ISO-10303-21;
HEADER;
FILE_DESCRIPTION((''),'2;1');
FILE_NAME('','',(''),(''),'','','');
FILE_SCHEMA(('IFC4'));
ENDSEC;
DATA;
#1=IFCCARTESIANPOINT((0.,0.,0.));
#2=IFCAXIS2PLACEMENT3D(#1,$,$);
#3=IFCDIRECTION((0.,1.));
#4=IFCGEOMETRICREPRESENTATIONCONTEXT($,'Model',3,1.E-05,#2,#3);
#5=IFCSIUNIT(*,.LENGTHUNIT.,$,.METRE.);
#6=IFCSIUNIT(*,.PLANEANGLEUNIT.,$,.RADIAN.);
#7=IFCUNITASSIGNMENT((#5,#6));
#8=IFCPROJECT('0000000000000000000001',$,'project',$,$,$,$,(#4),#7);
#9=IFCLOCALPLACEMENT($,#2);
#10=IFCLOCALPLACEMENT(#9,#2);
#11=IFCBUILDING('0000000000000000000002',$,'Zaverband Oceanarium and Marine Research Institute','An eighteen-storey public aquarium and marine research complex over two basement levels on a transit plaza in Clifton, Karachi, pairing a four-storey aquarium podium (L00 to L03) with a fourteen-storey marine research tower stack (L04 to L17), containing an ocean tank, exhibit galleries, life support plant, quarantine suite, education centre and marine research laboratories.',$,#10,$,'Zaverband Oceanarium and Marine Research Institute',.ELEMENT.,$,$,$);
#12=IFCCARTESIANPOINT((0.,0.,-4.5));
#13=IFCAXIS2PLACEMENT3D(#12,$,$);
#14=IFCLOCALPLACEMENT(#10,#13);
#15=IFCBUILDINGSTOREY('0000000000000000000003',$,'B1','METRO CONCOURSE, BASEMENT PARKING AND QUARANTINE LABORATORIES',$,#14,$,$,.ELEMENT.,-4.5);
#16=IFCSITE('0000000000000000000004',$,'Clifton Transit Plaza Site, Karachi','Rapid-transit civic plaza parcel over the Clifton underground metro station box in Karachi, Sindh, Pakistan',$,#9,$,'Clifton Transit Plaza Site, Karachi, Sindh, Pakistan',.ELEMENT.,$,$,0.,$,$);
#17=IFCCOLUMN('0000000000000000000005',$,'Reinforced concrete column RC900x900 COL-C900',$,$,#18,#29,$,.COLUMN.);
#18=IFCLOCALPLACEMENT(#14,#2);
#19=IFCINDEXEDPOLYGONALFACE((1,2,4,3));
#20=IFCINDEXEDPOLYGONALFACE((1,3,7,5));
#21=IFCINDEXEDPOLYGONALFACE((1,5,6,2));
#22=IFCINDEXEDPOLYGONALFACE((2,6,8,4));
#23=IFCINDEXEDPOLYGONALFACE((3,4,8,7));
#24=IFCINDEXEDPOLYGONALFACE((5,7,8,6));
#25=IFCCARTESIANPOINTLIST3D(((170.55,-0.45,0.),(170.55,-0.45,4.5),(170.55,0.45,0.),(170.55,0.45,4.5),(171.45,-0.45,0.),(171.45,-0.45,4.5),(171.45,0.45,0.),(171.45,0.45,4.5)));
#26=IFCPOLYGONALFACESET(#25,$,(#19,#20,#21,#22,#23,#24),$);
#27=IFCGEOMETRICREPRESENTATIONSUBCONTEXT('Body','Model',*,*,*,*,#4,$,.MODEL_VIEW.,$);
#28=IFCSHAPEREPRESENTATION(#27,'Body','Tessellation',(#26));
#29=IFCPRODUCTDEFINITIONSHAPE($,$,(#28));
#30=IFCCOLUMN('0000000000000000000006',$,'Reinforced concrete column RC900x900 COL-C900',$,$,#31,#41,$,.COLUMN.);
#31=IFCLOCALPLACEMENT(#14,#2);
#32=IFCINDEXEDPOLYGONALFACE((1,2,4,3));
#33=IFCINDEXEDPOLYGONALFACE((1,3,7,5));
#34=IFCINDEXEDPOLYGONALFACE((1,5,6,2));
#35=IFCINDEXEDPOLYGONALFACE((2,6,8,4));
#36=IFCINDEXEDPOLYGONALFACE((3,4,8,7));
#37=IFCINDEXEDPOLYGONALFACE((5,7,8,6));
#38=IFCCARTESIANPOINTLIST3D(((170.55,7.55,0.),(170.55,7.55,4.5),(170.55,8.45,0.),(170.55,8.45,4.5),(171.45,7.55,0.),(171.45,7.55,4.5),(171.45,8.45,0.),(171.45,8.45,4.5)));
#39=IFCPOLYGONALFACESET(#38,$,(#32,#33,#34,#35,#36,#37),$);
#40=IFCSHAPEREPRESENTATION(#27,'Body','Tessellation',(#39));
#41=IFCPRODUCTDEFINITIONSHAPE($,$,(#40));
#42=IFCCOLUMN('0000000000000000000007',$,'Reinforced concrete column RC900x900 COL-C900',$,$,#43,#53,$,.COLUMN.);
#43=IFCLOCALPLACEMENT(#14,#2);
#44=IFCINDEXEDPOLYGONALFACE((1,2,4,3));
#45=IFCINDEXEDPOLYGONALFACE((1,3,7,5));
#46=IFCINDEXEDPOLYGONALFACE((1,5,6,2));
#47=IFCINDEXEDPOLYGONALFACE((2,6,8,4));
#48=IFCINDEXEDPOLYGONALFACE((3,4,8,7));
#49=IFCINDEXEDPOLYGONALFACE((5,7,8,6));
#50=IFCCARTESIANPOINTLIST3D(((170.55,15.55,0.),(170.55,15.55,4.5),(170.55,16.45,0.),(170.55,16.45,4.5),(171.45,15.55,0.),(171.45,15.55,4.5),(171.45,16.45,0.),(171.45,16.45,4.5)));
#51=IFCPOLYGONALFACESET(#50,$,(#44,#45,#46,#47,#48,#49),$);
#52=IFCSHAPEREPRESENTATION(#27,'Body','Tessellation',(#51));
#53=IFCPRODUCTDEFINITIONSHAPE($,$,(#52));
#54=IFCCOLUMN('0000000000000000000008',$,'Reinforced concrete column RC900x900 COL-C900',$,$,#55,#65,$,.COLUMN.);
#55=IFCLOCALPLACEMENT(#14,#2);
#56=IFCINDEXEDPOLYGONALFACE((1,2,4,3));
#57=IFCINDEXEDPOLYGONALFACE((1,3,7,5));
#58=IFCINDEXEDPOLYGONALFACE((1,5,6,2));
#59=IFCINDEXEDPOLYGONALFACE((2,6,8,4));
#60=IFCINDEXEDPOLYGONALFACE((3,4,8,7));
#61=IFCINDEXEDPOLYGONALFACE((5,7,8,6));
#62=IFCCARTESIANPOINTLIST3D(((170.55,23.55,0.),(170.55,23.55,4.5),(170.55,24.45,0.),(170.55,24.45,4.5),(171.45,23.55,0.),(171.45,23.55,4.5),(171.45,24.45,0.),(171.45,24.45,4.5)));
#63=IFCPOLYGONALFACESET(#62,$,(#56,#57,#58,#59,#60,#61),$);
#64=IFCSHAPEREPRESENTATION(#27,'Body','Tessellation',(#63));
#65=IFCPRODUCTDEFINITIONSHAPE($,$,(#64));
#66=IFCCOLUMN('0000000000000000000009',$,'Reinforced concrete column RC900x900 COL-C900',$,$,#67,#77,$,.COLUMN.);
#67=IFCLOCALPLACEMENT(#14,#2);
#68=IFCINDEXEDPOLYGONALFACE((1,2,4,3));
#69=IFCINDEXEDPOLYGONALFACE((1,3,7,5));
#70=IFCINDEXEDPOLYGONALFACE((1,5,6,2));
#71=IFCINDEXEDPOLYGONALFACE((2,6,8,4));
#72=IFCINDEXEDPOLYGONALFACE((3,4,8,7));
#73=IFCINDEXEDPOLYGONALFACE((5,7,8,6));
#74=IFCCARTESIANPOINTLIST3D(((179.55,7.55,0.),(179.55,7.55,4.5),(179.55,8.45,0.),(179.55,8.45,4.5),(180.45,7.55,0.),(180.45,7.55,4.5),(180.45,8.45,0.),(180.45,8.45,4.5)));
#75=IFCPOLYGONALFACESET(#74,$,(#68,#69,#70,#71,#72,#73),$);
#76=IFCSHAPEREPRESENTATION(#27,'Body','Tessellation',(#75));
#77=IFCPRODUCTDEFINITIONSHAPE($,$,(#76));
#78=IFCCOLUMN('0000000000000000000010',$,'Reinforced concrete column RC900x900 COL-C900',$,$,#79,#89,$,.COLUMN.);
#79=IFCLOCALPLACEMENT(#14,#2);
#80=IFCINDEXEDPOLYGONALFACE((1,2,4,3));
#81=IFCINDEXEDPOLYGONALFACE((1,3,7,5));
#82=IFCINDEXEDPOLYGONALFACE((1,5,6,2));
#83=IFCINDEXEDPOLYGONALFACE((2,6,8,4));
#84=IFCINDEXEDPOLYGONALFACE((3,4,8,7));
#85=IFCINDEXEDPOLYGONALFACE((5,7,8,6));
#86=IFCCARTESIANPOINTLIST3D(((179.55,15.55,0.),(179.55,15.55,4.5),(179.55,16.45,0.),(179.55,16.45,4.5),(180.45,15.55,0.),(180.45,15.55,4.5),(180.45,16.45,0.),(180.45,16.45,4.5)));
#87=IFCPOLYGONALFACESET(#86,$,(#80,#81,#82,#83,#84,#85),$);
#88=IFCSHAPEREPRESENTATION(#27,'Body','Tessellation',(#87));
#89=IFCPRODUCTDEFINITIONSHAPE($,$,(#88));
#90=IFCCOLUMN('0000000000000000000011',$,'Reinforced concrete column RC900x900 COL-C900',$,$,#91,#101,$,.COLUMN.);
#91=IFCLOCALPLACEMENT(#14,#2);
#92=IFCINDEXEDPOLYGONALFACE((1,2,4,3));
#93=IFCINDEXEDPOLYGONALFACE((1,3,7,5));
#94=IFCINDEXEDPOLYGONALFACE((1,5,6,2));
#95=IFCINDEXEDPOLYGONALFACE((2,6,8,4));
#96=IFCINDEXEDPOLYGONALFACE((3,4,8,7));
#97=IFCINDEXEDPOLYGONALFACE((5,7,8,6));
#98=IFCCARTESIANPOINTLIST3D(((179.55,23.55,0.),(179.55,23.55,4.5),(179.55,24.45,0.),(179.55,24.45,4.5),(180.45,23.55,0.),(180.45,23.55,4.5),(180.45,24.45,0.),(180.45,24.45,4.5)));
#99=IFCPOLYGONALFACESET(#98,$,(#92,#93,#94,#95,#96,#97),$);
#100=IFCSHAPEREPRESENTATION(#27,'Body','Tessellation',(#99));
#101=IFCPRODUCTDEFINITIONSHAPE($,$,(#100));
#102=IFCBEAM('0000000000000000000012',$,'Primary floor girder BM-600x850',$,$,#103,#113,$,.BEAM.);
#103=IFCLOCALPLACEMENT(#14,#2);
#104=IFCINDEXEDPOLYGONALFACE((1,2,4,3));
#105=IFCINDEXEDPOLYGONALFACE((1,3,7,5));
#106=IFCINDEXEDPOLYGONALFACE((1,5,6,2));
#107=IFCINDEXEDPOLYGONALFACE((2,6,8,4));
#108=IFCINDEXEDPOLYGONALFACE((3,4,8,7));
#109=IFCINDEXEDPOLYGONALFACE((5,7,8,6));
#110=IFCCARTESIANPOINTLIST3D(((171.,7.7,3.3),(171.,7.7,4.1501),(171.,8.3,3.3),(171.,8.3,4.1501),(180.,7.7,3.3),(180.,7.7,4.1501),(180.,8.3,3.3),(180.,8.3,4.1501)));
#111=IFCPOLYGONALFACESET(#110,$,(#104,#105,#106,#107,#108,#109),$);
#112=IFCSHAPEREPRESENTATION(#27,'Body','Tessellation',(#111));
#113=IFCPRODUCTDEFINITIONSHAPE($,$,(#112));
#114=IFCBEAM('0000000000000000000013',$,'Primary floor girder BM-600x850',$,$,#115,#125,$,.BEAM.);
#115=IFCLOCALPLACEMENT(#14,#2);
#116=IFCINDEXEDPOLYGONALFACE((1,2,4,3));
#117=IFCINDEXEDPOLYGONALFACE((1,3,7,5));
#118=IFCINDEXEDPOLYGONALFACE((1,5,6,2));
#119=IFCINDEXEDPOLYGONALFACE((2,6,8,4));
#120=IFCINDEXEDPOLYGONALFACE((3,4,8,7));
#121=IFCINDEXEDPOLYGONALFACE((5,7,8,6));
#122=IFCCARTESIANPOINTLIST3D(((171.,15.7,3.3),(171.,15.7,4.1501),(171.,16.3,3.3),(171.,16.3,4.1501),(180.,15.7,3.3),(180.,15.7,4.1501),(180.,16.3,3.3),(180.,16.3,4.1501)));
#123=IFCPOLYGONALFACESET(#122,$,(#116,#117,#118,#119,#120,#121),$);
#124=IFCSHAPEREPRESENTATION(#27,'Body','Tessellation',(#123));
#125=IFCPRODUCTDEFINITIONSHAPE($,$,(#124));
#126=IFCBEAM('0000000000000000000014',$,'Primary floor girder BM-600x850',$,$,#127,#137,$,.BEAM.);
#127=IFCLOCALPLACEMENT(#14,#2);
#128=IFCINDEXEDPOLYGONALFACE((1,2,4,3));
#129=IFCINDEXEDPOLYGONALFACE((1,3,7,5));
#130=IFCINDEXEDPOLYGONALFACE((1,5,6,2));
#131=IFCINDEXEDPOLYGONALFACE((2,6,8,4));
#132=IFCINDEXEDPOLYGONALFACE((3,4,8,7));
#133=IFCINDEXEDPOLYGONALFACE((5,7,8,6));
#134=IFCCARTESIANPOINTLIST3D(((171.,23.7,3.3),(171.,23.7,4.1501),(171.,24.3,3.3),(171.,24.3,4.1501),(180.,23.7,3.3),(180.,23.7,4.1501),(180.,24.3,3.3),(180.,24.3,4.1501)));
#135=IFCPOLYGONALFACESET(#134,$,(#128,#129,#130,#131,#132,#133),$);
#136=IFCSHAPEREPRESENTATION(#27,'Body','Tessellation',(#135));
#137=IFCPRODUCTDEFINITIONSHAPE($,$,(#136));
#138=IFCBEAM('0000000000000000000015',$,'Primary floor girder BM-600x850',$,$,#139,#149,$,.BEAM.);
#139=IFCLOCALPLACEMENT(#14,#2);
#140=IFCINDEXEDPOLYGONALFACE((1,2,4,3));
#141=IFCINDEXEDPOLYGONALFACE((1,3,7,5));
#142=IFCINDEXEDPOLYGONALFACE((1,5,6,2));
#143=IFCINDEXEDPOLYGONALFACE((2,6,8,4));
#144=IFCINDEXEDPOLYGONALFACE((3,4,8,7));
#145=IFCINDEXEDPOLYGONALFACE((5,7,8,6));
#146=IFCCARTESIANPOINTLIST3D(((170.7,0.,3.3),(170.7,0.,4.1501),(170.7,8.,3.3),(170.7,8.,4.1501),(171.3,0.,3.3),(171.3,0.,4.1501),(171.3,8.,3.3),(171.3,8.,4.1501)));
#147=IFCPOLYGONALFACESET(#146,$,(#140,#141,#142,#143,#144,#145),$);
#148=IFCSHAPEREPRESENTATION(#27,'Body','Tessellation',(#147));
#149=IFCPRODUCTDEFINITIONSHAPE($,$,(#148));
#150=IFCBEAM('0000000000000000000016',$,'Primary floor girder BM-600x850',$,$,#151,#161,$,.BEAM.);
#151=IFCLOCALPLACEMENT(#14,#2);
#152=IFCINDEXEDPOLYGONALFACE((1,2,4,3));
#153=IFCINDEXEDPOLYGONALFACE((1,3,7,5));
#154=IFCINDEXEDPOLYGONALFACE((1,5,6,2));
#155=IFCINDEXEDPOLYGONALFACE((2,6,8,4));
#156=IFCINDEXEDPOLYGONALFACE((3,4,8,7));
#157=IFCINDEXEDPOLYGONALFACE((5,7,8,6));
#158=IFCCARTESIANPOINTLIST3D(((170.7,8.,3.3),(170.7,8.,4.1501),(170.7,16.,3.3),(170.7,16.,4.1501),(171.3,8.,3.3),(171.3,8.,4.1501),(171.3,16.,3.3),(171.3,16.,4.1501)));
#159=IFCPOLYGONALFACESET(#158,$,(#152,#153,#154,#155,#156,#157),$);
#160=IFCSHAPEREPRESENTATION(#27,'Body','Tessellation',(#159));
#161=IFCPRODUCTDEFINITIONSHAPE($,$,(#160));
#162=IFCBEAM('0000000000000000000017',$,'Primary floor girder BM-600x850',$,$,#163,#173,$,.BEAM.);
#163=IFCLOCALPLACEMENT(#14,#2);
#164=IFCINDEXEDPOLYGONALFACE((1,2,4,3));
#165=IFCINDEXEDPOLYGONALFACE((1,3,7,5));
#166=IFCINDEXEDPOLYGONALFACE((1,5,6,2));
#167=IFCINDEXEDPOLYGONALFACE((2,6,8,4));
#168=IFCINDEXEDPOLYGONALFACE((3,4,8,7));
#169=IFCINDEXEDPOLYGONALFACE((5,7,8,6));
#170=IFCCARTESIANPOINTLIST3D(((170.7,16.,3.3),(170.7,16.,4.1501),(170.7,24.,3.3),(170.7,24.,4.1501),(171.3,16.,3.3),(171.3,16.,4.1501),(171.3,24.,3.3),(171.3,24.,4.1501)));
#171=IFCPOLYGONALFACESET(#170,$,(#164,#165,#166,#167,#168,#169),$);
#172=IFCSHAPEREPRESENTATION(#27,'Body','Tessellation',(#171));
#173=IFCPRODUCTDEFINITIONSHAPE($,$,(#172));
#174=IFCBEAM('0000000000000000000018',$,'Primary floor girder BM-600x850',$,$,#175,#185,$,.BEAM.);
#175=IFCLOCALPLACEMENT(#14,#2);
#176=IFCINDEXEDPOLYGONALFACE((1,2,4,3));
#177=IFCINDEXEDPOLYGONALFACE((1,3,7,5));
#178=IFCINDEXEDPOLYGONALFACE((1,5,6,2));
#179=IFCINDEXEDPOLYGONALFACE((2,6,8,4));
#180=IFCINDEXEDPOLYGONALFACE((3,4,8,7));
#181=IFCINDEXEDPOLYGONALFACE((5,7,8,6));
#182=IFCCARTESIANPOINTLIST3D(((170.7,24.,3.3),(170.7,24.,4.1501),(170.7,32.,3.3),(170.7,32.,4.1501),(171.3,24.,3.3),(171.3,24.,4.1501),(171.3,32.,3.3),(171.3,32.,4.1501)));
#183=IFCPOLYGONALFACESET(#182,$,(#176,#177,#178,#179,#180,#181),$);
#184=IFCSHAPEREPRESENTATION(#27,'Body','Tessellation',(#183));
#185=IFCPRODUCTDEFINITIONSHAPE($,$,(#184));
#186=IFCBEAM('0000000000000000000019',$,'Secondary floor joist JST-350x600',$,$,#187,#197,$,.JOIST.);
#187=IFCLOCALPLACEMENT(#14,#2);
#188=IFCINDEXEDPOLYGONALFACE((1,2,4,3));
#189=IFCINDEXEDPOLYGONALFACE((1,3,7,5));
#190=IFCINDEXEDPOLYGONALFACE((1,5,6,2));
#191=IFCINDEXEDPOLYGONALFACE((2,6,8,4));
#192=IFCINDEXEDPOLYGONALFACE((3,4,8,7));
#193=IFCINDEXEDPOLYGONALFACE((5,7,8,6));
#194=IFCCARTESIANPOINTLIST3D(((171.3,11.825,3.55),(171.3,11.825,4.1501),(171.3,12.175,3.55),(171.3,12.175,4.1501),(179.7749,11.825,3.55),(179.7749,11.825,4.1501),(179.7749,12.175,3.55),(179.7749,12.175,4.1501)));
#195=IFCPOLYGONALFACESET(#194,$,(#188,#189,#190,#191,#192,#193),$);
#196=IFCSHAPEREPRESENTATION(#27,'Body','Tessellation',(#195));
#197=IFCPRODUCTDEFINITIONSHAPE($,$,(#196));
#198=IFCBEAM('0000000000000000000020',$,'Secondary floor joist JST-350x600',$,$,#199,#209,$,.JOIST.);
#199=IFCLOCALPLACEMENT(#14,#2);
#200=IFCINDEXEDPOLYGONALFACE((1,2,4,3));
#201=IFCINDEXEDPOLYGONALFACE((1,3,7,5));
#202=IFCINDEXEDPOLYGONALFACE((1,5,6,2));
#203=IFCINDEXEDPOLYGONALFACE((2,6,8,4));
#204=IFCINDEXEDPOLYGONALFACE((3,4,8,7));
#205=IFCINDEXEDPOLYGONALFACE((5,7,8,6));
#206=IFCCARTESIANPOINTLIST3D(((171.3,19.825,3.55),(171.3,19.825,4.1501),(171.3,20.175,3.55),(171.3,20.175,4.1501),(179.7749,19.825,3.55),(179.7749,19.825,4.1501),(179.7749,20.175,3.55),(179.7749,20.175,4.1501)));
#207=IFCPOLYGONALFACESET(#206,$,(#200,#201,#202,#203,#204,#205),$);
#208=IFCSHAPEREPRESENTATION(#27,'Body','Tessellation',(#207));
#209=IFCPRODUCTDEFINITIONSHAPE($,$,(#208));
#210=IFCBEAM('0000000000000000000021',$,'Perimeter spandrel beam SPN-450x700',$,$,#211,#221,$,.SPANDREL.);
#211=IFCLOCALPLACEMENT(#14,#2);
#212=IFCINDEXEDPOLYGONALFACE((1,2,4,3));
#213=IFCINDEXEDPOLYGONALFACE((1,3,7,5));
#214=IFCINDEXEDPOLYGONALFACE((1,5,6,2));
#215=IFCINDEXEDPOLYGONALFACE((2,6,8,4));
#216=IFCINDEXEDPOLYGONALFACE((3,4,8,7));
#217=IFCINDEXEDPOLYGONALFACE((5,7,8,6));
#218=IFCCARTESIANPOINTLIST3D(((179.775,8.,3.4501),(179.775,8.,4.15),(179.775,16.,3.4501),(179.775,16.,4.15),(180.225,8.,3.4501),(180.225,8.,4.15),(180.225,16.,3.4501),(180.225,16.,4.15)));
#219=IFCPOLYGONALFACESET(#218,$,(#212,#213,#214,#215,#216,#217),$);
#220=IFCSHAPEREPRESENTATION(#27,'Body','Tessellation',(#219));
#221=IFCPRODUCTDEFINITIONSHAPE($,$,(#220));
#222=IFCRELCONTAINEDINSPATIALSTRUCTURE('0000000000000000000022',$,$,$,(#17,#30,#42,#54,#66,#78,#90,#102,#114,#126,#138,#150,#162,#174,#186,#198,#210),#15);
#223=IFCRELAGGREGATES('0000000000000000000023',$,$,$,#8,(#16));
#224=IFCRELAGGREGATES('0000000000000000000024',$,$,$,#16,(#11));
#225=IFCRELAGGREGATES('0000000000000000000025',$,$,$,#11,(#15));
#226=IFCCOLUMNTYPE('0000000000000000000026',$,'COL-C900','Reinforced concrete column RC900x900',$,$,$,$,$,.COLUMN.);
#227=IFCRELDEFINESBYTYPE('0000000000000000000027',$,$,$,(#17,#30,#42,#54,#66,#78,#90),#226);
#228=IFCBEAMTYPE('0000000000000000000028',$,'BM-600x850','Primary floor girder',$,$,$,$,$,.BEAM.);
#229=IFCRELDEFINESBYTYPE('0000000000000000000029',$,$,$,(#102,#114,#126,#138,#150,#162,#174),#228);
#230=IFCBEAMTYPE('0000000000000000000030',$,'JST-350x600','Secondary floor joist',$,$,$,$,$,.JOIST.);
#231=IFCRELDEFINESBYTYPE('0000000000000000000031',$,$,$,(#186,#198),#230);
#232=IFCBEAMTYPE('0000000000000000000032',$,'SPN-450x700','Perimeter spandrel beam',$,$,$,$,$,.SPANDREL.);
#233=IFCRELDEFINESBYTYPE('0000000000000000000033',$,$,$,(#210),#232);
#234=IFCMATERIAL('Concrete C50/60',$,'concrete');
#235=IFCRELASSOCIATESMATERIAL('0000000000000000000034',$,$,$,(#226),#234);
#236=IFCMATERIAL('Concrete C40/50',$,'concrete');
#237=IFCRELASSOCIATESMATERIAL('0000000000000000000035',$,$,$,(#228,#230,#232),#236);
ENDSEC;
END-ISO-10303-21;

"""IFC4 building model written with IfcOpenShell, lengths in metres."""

from ifc_helpers import new_model, si_unit, direction, frame, origin, origin_2d, place, context, subcontext, project, spatial, rectangle, extrude, material, material_profile, profile_set, type_object, element, save


model = new_model("IFC4")

# Units and contexts
model_context = context("Model", 3, precision=1e-05, world=origin(), true_north=direction((0.0, 1.0)))
body_context = subcontext(model_context, "Body", "Model", "MODEL_VIEW")
ifc_project = project(units=[si_unit("LENGTHUNIT", "METRE"), si_unit("PLANEANGLEUNIT", "RADIAN")], contexts=[model_context])

# Site, building, storey
site_placement = place(None, origin())
site = spatial("IfcSite", under=ifc_project, at=site_placement, Name="Clifton Transit Plaza Site, Karachi", Description="Rapid-transit civic plaza parcel over the Clifton underground metro station box in Karachi, Sindh, Pakistan", LongName="Clifton Transit Plaza Site, Karachi, Sindh, Pakistan", CompositionType="ELEMENT", RefElevation=0.0)
building_placement = place(site_placement, origin())
building = spatial("IfcBuilding", under=site, at=building_placement, Name="Zaverband Oceanarium and Marine Research Institute", Description="An eighteen-storey public aquarium and marine research complex over two basement levels on a transit plaza in Clifton, Karachi, pairing a four-storey aquarium podium (L00 to L03) with a fourteen-storey marine research tower stack (L04 to L17), containing an ocean tank, exhibit galleries, life support plant, quarantine suite, education centre and marine research laboratories.", LongName="Zaverband Oceanarium and Marine Research Institute", CompositionType="ELEMENT")
storey_placement = place(building_placement, frame((0.0, 0.0, -4.5)))
storey = spatial("IfcBuildingStorey", under=building, at=storey_placement, Name="B1", Description="METRO CONCOURSE, BASEMENT PARKING AND QUARANTINE LABORATORIES", CompositionType="ELEMENT", Elevation=-4.5)

# Columns
ifc_material_1 = material(Name="Concrete C50/60", Category="concrete")
ifc_material_profile_1 = material_profile(ifc_material_1, rectangle(XDim=0.8999, YDim=0.8999, at=origin_2d()), Name="RC900x900")
ifc_profile_set_1 = profile_set([ifc_material_profile_1], Name="Concrete C50/60")
column_type = type_object("IfcColumnType", Name="COL-C900", Description="Reinforced concrete column RC900x900", PredefinedType="COLUMN", material=ifc_profile_set_1)
for number, where, z_axis, x_axis, name in (
    (1, (171.0, 0.0, 0.0), (0.0, 0.0, 1.0), (1.0, 0.0, 0.0), "Reinforced concrete column RC900x900 COL-C900"),
    (2, (171.0, 8.0, 0.0), (0.0, 0.0, 1.0), (1.0, 0.0, 0.0), "Reinforced concrete column RC900x900 COL-C900"),
    (3, (171.0, 16.0, 0.0), (0.0, 0.0, 1.0), (1.0, 0.0, 0.0), "Reinforced concrete column RC900x900 COL-C900"),
    (4, (171.0, 24.0, 0.0), (0.0, 0.0, 1.0), (1.0, 0.0, 0.0), "Reinforced concrete column RC900x900 COL-C900"),
    (5, (180.0, 8.0, 0.0), (0.0, 0.0, 1.0), (1.0, 0.0, 0.0), "Reinforced concrete column RC900x900 COL-C900"),
    (6, (180.0, 16.0, 0.0), (0.0, 0.0, 1.0), (1.0, 0.0, 0.0), "Reinforced concrete column RC900x900 COL-C900"),
    (7, (180.0, 24.0, 0.0), (0.0, 0.0, 1.0), (1.0, 0.0, 0.0), "Reinforced concrete column RC900x900 COL-C900"),
):
    element("IfcColumn", number, at=place(storey_placement, frame(where, z_axis=z_axis, x_axis=x_axis)), inside=storey, type_object=column_type, Name=name, PredefinedType="COLUMN", context=body_context, shape_type="SweptSolid", body=[
        extrude(rectangle(XDim=0.8999, YDim=0.8999, at=origin_2d()), origin(), (0.0, 0.0, 1.0), 4.5),
    ])

# Beams
ifc_material_2 = material(Name="Concrete C40/50", Category="concrete")
ifc_material_profile_2 = material_profile(ifc_material_2, rectangle(XDim=0.6001, YDim=0.8501, at=origin_2d()), Name="RC600x850")
ifc_profile_set_2 = profile_set([ifc_material_profile_2], Name="Concrete C40/50")
beam_type_1 = type_object("IfcBeamType", Name="BM-600x850", Description="Primary floor girder", PredefinedType="BEAM", material=ifc_profile_set_2)
for number, where, z_axis, x_axis, name in (
    (8, (171.0, 8.0, 3.7251), (1.0, 0.0, 0.0), (0.0, 1.0, 0.0), "Primary floor girder BM-600x850"),
    (9, (171.0, 16.0, 3.7251), (1.0, 0.0, 0.0), (0.0, 1.0, 0.0), "Primary floor girder BM-600x850"),
    (10, (171.0, 24.0, 3.7251), (1.0, 0.0, 0.0), (0.0, 1.0, 0.0), "Primary floor girder BM-600x850"),
):
    element("IfcBeam", number, at=place(storey_placement, frame(where, z_axis=z_axis, x_axis=x_axis)), inside=storey, type_object=beam_type_1, Name=name, PredefinedType="BEAM", context=body_context, shape_type="SweptSolid", body=[
        extrude(rectangle(XDim=0.6001, YDim=0.8501, at=origin_2d()), origin(), (0.0, 0.0, 1.0), 9.0),
    ])
for number, where, z_axis, x_axis, name in (
    (11, (171.0, 0.0, 3.7251), (0.0, 1.0, 0.0), (-1.0, 0.0, 0.0), "Primary floor girder BM-600x850"),
    (12, (171.0, 8.0, 3.7251), (0.0, 1.0, 0.0), (-1.0, 0.0, 0.0), "Primary floor girder BM-600x850"),
    (13, (171.0, 16.0, 3.7251), (0.0, 1.0, 0.0), (-1.0, 0.0, 0.0), "Primary floor girder BM-600x850"),
    (14, (171.0, 24.0, 3.7251), (0.0, 1.0, 0.0), (-1.0, 0.0, 0.0), "Primary floor girder BM-600x850"),
):
    element("IfcBeam", number, at=place(storey_placement, frame(where, z_axis=z_axis, x_axis=x_axis)), inside=storey, type_object=beam_type_1, Name=name, PredefinedType="BEAM", context=body_context, shape_type="SweptSolid", body=[
        extrude(rectangle(XDim=0.6001, YDim=0.8501, at=origin_2d()), origin(), (0.0, 0.0, 1.0), 8.0),
    ])
ifc_material_profile_3 = material_profile(ifc_material_2, rectangle(XDim=0.3501, YDim=0.6001, at=origin_2d()), Name="RC350x600")
ifc_profile_set_3 = profile_set([ifc_material_profile_3], Name="Concrete C40/50")
beam_type_2 = type_object("IfcBeamType", Name="JST-350x600", Description="Secondary floor joist", PredefinedType="JOIST", material=ifc_profile_set_3)
for number, where, z_axis, x_axis, name in (
    (15, (171.3, 12.0, 3.8501), (1.0, 0.0, 0.0), (0.0, 1.0, 0.0), "Secondary floor joist JST-350x600"),
    (16, (171.3, 20.0, 3.8501), (1.0, 0.0, 0.0), (0.0, 1.0, 0.0), "Secondary floor joist JST-350x600"),
):
    element("IfcBeam", number, at=place(storey_placement, frame(where, z_axis=z_axis, x_axis=x_axis)), inside=storey, type_object=beam_type_2, Name=name, PredefinedType="JOIST", context=body_context, shape_type="SweptSolid", body=[
        extrude(rectangle(XDim=0.3501, YDim=0.6001, at=origin_2d()), origin(), (0.0, 0.0, 1.0), 8.4749),
    ])
ifc_material_profile_4 = material_profile(ifc_material_2, rectangle(XDim=0.45, YDim=0.7, at=origin_2d()), Name="RC450x700")
ifc_profile_set_4 = profile_set([ifc_material_profile_4], Name="Concrete C40/50")
beam_type_3 = type_object("IfcBeamType", Name="SPN-450x700", Description="Perimeter spandrel beam", PredefinedType="SPANDREL", material=ifc_profile_set_4)
for number, where, z_axis, x_axis, name in (
    (17, (180.0, 8.0, 3.8), (0.0, 1.0, 0.0), (-1.0, 0.0, 0.0), "Perimeter spandrel beam SPN-450x700"),
):
    element("IfcBeam", number, at=place(storey_placement, frame(where, z_axis=z_axis, x_axis=x_axis)), inside=storey, type_object=beam_type_3, Name=name, PredefinedType="SPANDREL", context=body_context, shape_type="SweptSolid", body=[
        extrude(rectangle(XDim=0.45, YDim=0.7, at=origin_2d()), origin(), (0.0, 0.0, 1.0), 8.0),
    ])

save(model, "model.ifc")
